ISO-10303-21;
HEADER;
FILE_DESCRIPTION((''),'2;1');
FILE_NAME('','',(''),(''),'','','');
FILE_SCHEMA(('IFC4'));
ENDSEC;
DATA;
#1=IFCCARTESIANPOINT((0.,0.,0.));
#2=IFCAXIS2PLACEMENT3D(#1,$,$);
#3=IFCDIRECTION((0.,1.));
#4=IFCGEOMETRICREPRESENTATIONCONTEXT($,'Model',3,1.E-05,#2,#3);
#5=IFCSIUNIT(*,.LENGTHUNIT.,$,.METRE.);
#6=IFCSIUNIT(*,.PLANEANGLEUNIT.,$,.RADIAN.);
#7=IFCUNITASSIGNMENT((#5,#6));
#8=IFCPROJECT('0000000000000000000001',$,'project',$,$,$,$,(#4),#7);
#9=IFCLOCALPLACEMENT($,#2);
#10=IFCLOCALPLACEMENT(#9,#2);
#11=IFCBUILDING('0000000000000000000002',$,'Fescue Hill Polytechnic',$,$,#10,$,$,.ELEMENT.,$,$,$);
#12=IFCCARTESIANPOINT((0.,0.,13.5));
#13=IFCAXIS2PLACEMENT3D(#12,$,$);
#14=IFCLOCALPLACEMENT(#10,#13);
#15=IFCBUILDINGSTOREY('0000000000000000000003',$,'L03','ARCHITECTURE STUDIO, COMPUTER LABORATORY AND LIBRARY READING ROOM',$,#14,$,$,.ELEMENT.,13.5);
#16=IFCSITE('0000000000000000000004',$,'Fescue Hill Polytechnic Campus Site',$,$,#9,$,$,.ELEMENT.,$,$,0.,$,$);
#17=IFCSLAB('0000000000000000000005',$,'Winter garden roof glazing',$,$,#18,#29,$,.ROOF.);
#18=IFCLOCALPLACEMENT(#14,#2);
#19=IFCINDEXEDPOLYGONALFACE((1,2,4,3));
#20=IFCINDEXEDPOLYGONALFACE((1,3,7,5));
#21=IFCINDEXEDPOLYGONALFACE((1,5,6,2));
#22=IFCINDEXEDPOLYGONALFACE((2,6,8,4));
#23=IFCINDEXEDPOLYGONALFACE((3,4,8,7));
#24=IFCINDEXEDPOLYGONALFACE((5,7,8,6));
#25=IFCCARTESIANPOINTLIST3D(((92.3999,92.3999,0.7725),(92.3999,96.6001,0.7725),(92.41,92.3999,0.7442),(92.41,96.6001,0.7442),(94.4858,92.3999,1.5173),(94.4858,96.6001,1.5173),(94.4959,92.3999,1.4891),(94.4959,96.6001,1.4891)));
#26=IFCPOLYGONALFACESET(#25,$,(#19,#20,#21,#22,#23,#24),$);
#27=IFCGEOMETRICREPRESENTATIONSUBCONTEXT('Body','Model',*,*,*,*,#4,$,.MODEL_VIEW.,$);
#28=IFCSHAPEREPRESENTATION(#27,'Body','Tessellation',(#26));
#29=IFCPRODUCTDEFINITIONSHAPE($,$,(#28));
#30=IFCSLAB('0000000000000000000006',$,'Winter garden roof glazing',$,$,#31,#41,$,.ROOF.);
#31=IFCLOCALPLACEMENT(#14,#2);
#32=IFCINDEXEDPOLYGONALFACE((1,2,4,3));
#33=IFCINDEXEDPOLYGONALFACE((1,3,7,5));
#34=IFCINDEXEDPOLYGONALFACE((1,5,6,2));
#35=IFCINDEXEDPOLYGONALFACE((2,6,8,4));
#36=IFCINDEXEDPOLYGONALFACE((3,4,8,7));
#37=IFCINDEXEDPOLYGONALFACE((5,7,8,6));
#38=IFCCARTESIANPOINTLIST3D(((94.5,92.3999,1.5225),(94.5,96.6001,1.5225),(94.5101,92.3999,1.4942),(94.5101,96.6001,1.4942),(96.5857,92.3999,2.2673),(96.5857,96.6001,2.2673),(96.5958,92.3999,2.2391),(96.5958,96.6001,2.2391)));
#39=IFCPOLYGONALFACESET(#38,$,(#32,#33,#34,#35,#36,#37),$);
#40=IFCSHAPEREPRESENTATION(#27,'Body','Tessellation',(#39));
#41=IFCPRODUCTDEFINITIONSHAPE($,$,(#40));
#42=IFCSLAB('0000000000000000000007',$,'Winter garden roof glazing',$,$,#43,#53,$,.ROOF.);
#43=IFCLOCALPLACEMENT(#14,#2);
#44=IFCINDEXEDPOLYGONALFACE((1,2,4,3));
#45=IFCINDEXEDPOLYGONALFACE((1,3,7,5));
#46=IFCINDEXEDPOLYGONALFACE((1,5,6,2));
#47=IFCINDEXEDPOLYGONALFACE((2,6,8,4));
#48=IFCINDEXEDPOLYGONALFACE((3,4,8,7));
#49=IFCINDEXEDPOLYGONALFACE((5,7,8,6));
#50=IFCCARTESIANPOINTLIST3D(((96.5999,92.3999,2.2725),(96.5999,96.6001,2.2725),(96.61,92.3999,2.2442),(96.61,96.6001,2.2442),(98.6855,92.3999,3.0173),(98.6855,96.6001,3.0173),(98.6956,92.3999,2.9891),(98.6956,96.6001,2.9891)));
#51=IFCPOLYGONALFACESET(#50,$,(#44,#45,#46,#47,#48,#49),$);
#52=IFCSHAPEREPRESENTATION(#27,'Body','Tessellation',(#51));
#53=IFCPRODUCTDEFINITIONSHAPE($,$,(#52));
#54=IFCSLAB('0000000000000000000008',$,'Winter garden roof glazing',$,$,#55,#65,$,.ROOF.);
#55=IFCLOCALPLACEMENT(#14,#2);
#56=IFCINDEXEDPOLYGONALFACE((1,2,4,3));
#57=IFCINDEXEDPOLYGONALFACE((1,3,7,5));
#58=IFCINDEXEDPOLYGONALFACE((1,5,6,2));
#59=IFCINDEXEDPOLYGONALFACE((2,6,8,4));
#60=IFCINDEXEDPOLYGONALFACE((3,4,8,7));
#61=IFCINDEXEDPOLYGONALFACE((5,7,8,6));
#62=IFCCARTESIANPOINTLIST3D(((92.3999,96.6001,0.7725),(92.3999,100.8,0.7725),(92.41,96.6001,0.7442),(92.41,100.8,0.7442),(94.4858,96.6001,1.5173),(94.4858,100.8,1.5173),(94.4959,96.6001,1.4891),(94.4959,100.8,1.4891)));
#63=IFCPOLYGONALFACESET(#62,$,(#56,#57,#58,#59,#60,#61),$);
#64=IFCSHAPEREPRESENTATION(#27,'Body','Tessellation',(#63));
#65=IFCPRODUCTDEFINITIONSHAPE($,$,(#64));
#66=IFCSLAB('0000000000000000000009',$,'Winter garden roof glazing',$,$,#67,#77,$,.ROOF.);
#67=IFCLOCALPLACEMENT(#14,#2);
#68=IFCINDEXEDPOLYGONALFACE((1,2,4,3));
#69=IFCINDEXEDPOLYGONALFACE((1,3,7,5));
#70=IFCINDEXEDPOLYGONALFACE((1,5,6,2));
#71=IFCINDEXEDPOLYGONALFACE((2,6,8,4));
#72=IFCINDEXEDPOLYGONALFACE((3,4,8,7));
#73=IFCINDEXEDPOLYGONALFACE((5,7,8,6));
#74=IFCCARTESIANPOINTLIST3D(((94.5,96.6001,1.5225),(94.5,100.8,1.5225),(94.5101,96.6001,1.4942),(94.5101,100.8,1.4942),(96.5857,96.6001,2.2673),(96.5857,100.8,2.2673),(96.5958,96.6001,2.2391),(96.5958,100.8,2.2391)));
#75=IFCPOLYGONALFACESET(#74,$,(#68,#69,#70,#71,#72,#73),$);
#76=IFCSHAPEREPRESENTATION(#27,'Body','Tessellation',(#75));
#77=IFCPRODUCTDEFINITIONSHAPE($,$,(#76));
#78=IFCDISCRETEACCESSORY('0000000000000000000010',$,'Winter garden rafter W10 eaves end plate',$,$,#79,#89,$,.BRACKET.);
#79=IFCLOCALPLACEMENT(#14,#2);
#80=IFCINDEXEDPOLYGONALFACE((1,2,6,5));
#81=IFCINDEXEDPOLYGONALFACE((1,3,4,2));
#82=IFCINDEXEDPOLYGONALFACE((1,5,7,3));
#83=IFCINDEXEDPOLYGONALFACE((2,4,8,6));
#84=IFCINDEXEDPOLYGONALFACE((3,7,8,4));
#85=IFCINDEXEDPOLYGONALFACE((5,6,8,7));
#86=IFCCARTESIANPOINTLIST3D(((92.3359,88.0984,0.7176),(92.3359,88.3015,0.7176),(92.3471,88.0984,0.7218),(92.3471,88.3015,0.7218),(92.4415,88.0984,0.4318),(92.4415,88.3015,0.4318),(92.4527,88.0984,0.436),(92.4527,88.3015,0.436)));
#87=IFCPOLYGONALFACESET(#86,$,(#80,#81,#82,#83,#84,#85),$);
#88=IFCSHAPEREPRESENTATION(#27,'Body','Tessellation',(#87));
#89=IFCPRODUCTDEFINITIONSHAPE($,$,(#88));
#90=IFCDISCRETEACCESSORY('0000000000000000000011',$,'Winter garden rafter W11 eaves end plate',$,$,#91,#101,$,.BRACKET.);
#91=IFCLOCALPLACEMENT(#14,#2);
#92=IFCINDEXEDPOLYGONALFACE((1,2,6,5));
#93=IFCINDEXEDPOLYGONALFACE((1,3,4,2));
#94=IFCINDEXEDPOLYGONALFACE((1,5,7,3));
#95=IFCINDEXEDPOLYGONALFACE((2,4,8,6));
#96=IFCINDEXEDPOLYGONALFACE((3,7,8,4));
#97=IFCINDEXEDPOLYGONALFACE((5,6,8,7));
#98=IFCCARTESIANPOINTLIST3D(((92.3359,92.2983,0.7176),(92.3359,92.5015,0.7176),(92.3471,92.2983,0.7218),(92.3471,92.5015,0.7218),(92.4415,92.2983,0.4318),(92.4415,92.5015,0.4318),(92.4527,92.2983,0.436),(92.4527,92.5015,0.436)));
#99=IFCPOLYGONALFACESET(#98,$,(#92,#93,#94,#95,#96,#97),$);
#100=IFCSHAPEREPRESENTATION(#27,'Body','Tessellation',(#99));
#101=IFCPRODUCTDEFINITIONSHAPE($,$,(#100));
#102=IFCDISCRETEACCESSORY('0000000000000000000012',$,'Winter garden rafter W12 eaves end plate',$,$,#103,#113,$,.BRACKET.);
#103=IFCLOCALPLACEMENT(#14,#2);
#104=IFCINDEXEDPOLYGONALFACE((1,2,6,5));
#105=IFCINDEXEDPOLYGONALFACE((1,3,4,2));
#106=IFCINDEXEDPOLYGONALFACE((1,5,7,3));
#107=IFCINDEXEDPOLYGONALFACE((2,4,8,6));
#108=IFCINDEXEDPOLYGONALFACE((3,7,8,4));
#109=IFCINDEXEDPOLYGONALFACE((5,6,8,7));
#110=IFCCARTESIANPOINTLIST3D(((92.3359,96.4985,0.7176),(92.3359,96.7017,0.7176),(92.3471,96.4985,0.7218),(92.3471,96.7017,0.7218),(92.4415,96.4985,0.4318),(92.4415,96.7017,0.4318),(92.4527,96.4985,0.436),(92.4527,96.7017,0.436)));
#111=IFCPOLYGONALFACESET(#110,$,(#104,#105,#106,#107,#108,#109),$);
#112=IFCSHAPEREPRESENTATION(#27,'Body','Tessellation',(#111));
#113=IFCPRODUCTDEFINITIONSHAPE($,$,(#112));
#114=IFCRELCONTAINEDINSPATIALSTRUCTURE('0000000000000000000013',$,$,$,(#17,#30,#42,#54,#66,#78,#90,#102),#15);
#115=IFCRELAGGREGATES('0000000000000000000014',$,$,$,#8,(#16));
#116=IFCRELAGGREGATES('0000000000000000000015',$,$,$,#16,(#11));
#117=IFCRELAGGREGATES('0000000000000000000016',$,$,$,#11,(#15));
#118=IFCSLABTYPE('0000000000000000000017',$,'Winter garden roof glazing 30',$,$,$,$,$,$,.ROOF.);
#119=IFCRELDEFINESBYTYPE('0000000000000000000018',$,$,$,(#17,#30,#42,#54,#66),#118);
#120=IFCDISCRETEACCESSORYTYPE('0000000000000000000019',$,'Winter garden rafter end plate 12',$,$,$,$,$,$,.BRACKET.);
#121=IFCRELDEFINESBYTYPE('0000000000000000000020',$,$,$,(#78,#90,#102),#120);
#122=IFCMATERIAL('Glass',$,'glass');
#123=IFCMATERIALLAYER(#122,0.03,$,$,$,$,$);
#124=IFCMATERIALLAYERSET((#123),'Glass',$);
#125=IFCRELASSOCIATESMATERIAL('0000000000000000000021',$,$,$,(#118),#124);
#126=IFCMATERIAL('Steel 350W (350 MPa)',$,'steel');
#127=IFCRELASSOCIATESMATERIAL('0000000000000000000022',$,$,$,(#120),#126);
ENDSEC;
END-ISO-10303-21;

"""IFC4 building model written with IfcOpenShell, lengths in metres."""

from ifc_helpers import new_model, si_unit, direction, frame, origin, origin_2d, place, context, subcontext, project, spatial, polyline, rectangle, outline, extrude, material, layer, layer_set, material_profile, profile_set, type_object, element, save


model = new_model("IFC4")

# Units and contexts
model_context = context("Model", 3, precision=1e-05, world=origin(), true_north=direction((0.0, 1.0)))
body_context = subcontext(model_context, "Body", "Model", "MODEL_VIEW")
ifc_project = project(units=[si_unit("LENGTHUNIT", "METRE"), si_unit("PLANEANGLEUNIT", "RADIAN")], contexts=[model_context])

# Site, building, storey
site_placement = place(None, origin())
site = spatial("IfcSite", under=ifc_project, at=site_placement, Name="Fescue Hill Polytechnic Campus Site", CompositionType="ELEMENT", RefElevation=0.0)
building_placement = place(site_placement, origin())
building = spatial("IfcBuilding", under=site, at=building_placement, Name="Fescue Hill Polytechnic", CompositionType="ELEMENT")
storey_placement = place(building_placement, frame((0.0, 0.0, 13.5)))
storey = spatial("IfcBuildingStorey", under=building, at=storey_placement, Name="L03", Description="ARCHITECTURE STUDIO, COMPUTER LABORATORY AND LIBRARY READING ROOM", CompositionType="ELEMENT", Elevation=13.5)

# Shared definitions
ifc_material_1 = material(Name="Steel 350W (350 MPa)", Category="steel")

# Slabs
ifc_material_2 = material(Name="Glass", Category="glass")
ifc_layer = layer(ifc_material_2, 0.03)
ifc_layer_set = layer_set([ifc_layer], Name="Glass")
slab_type = type_object("IfcSlabType", Name="Winter garden roof glazing 30", PredefinedType="ROOF", material=ifc_layer_set)
slab_1_placement = place(storey_placement, frame((92.3999, 92.3999, 0.7725), z_axis=(-0.336295, 0.0, 0.941757), x_axis=(0.0, 1.0, 0.0)))
element("IfcSlab", 1, at=slab_1_placement, inside=storey, type_object=slab_type, Name="Winter garden roof glazing", PredefinedType="ROOF", context=body_context, shape_type="SweptSolid", body=[
    extrude(outline(polyline([(0.0, 0.0), (4.2002, 0.0), (4.2002, -2.2149), (0.0, -2.2149), (0.0, 0.0)])), origin(), (0.0, 0.0, -1.0), 0.03),
])
for number, where, z_axis, x_axis, name in (
    (2, (94.5, 92.3999, 1.5225), (-0.336329, 0.0, 0.941744), (0.0, 1.0, 0.0), "Winter garden roof glazing"),
    (3, (96.5999, 92.3999, 2.2725), (-0.336329, 0.0, 0.941744), (0.0, 1.0, 0.0), "Winter garden roof glazing"),
):
    element("IfcSlab", number, at=place(storey_placement, frame(where, z_axis=z_axis, x_axis=x_axis)), inside=storey, type_object=slab_type, Name=name, PredefinedType="ROOF", context=body_context, shape_type="SweptSolid", body=[
        extrude(outline(polyline([(0.0, 0.0), (4.2002, 0.0), (4.2002, -2.2147), (0.0, -2.2147), (0.0, 0.0)])), origin(), (0.0, 0.0, -1.0), 0.03),
    ])
slab_2_placement = place(storey_placement, frame((92.3999, 96.6001, 0.7725), z_axis=(-0.336295, 0.0, 0.941757), x_axis=(0.0, 1.0, 0.0)))
element("IfcSlab", 4, at=slab_2_placement, inside=storey, type_object=slab_type, Name="Winter garden roof glazing", PredefinedType="ROOF", context=body_context, shape_type="SweptSolid", body=[
    extrude(outline(polyline([(0.0, 0.0), (4.2, 0.0), (4.2, -2.2149), (0.0, -2.2149), (0.0, 0.0)])), origin(), (0.0, 0.0, -1.0), 0.03),
])
slab_3_placement = place(storey_placement, frame((94.5, 96.6001, 1.5225), z_axis=(-0.336329, 0.0, 0.941744), x_axis=(0.0, 1.0, 0.0)))
element("IfcSlab", 5, at=slab_3_placement, inside=storey, type_object=slab_type, Name="Winter garden roof glazing", PredefinedType="ROOF", context=body_context, shape_type="SweptSolid", body=[
    extrude(outline(polyline([(0.0, 0.0), (4.2, 0.0), (4.2, -2.2147), (0.0, -2.2147), (0.0, 0.0)])), origin(), (0.0, 0.0, -1.0), 0.03),
])

# Discrete accessories
ifc_material_profile_1 = material_profile(ifc_material_1, rectangle(XDim=0.2031, YDim=0.3047, at=origin_2d()), Name="Winter garden rafter end plate 12")
ifc_profile_set_1 = profile_set([ifc_material_profile_1], Name="Steel 350W (350 MPa)")
discrete_accessory_type = type_object("IfcDiscreteAccessoryType", Name="Winter garden rafter end plate 12", PredefinedType="BRACKET", material=ifc_profile_set_1)
for number, where, z_axis, x_axis, name in (
    (6, (92.3887, 88.2, 0.5747), (0.937994, 0.0, 0.34665), (0.0, 1.0, 0.0), "Winter garden rafter W10 eaves end plate"),
    (7, (92.3887, 92.3999, 0.5747), (0.937994, 0.0, 0.34665), (0.0, 1.0, 0.0), "Winter garden rafter W11 eaves end plate"),
    (8, (92.3887, 96.6001, 0.5747), (0.937994, 0.0, 0.34665), (0.0, 1.0, 0.0), "Winter garden rafter W12 eaves end plate"),
):
    element("IfcDiscreteAccessory", number, at=place(storey_placement, frame(where, z_axis=z_axis, x_axis=x_axis)), inside=storey, type_object=discrete_accessory_type, Name=name, PredefinedType="BRACKET", context=body_context, shape_type="SweptSolid", body=[
        extrude(rectangle(XDim=0.2031, YDim=0.3047, at=origin_2d()), origin(), (0.0, 0.0, 1.0), 0.012),
    ])

save(model, "model.ifc")
